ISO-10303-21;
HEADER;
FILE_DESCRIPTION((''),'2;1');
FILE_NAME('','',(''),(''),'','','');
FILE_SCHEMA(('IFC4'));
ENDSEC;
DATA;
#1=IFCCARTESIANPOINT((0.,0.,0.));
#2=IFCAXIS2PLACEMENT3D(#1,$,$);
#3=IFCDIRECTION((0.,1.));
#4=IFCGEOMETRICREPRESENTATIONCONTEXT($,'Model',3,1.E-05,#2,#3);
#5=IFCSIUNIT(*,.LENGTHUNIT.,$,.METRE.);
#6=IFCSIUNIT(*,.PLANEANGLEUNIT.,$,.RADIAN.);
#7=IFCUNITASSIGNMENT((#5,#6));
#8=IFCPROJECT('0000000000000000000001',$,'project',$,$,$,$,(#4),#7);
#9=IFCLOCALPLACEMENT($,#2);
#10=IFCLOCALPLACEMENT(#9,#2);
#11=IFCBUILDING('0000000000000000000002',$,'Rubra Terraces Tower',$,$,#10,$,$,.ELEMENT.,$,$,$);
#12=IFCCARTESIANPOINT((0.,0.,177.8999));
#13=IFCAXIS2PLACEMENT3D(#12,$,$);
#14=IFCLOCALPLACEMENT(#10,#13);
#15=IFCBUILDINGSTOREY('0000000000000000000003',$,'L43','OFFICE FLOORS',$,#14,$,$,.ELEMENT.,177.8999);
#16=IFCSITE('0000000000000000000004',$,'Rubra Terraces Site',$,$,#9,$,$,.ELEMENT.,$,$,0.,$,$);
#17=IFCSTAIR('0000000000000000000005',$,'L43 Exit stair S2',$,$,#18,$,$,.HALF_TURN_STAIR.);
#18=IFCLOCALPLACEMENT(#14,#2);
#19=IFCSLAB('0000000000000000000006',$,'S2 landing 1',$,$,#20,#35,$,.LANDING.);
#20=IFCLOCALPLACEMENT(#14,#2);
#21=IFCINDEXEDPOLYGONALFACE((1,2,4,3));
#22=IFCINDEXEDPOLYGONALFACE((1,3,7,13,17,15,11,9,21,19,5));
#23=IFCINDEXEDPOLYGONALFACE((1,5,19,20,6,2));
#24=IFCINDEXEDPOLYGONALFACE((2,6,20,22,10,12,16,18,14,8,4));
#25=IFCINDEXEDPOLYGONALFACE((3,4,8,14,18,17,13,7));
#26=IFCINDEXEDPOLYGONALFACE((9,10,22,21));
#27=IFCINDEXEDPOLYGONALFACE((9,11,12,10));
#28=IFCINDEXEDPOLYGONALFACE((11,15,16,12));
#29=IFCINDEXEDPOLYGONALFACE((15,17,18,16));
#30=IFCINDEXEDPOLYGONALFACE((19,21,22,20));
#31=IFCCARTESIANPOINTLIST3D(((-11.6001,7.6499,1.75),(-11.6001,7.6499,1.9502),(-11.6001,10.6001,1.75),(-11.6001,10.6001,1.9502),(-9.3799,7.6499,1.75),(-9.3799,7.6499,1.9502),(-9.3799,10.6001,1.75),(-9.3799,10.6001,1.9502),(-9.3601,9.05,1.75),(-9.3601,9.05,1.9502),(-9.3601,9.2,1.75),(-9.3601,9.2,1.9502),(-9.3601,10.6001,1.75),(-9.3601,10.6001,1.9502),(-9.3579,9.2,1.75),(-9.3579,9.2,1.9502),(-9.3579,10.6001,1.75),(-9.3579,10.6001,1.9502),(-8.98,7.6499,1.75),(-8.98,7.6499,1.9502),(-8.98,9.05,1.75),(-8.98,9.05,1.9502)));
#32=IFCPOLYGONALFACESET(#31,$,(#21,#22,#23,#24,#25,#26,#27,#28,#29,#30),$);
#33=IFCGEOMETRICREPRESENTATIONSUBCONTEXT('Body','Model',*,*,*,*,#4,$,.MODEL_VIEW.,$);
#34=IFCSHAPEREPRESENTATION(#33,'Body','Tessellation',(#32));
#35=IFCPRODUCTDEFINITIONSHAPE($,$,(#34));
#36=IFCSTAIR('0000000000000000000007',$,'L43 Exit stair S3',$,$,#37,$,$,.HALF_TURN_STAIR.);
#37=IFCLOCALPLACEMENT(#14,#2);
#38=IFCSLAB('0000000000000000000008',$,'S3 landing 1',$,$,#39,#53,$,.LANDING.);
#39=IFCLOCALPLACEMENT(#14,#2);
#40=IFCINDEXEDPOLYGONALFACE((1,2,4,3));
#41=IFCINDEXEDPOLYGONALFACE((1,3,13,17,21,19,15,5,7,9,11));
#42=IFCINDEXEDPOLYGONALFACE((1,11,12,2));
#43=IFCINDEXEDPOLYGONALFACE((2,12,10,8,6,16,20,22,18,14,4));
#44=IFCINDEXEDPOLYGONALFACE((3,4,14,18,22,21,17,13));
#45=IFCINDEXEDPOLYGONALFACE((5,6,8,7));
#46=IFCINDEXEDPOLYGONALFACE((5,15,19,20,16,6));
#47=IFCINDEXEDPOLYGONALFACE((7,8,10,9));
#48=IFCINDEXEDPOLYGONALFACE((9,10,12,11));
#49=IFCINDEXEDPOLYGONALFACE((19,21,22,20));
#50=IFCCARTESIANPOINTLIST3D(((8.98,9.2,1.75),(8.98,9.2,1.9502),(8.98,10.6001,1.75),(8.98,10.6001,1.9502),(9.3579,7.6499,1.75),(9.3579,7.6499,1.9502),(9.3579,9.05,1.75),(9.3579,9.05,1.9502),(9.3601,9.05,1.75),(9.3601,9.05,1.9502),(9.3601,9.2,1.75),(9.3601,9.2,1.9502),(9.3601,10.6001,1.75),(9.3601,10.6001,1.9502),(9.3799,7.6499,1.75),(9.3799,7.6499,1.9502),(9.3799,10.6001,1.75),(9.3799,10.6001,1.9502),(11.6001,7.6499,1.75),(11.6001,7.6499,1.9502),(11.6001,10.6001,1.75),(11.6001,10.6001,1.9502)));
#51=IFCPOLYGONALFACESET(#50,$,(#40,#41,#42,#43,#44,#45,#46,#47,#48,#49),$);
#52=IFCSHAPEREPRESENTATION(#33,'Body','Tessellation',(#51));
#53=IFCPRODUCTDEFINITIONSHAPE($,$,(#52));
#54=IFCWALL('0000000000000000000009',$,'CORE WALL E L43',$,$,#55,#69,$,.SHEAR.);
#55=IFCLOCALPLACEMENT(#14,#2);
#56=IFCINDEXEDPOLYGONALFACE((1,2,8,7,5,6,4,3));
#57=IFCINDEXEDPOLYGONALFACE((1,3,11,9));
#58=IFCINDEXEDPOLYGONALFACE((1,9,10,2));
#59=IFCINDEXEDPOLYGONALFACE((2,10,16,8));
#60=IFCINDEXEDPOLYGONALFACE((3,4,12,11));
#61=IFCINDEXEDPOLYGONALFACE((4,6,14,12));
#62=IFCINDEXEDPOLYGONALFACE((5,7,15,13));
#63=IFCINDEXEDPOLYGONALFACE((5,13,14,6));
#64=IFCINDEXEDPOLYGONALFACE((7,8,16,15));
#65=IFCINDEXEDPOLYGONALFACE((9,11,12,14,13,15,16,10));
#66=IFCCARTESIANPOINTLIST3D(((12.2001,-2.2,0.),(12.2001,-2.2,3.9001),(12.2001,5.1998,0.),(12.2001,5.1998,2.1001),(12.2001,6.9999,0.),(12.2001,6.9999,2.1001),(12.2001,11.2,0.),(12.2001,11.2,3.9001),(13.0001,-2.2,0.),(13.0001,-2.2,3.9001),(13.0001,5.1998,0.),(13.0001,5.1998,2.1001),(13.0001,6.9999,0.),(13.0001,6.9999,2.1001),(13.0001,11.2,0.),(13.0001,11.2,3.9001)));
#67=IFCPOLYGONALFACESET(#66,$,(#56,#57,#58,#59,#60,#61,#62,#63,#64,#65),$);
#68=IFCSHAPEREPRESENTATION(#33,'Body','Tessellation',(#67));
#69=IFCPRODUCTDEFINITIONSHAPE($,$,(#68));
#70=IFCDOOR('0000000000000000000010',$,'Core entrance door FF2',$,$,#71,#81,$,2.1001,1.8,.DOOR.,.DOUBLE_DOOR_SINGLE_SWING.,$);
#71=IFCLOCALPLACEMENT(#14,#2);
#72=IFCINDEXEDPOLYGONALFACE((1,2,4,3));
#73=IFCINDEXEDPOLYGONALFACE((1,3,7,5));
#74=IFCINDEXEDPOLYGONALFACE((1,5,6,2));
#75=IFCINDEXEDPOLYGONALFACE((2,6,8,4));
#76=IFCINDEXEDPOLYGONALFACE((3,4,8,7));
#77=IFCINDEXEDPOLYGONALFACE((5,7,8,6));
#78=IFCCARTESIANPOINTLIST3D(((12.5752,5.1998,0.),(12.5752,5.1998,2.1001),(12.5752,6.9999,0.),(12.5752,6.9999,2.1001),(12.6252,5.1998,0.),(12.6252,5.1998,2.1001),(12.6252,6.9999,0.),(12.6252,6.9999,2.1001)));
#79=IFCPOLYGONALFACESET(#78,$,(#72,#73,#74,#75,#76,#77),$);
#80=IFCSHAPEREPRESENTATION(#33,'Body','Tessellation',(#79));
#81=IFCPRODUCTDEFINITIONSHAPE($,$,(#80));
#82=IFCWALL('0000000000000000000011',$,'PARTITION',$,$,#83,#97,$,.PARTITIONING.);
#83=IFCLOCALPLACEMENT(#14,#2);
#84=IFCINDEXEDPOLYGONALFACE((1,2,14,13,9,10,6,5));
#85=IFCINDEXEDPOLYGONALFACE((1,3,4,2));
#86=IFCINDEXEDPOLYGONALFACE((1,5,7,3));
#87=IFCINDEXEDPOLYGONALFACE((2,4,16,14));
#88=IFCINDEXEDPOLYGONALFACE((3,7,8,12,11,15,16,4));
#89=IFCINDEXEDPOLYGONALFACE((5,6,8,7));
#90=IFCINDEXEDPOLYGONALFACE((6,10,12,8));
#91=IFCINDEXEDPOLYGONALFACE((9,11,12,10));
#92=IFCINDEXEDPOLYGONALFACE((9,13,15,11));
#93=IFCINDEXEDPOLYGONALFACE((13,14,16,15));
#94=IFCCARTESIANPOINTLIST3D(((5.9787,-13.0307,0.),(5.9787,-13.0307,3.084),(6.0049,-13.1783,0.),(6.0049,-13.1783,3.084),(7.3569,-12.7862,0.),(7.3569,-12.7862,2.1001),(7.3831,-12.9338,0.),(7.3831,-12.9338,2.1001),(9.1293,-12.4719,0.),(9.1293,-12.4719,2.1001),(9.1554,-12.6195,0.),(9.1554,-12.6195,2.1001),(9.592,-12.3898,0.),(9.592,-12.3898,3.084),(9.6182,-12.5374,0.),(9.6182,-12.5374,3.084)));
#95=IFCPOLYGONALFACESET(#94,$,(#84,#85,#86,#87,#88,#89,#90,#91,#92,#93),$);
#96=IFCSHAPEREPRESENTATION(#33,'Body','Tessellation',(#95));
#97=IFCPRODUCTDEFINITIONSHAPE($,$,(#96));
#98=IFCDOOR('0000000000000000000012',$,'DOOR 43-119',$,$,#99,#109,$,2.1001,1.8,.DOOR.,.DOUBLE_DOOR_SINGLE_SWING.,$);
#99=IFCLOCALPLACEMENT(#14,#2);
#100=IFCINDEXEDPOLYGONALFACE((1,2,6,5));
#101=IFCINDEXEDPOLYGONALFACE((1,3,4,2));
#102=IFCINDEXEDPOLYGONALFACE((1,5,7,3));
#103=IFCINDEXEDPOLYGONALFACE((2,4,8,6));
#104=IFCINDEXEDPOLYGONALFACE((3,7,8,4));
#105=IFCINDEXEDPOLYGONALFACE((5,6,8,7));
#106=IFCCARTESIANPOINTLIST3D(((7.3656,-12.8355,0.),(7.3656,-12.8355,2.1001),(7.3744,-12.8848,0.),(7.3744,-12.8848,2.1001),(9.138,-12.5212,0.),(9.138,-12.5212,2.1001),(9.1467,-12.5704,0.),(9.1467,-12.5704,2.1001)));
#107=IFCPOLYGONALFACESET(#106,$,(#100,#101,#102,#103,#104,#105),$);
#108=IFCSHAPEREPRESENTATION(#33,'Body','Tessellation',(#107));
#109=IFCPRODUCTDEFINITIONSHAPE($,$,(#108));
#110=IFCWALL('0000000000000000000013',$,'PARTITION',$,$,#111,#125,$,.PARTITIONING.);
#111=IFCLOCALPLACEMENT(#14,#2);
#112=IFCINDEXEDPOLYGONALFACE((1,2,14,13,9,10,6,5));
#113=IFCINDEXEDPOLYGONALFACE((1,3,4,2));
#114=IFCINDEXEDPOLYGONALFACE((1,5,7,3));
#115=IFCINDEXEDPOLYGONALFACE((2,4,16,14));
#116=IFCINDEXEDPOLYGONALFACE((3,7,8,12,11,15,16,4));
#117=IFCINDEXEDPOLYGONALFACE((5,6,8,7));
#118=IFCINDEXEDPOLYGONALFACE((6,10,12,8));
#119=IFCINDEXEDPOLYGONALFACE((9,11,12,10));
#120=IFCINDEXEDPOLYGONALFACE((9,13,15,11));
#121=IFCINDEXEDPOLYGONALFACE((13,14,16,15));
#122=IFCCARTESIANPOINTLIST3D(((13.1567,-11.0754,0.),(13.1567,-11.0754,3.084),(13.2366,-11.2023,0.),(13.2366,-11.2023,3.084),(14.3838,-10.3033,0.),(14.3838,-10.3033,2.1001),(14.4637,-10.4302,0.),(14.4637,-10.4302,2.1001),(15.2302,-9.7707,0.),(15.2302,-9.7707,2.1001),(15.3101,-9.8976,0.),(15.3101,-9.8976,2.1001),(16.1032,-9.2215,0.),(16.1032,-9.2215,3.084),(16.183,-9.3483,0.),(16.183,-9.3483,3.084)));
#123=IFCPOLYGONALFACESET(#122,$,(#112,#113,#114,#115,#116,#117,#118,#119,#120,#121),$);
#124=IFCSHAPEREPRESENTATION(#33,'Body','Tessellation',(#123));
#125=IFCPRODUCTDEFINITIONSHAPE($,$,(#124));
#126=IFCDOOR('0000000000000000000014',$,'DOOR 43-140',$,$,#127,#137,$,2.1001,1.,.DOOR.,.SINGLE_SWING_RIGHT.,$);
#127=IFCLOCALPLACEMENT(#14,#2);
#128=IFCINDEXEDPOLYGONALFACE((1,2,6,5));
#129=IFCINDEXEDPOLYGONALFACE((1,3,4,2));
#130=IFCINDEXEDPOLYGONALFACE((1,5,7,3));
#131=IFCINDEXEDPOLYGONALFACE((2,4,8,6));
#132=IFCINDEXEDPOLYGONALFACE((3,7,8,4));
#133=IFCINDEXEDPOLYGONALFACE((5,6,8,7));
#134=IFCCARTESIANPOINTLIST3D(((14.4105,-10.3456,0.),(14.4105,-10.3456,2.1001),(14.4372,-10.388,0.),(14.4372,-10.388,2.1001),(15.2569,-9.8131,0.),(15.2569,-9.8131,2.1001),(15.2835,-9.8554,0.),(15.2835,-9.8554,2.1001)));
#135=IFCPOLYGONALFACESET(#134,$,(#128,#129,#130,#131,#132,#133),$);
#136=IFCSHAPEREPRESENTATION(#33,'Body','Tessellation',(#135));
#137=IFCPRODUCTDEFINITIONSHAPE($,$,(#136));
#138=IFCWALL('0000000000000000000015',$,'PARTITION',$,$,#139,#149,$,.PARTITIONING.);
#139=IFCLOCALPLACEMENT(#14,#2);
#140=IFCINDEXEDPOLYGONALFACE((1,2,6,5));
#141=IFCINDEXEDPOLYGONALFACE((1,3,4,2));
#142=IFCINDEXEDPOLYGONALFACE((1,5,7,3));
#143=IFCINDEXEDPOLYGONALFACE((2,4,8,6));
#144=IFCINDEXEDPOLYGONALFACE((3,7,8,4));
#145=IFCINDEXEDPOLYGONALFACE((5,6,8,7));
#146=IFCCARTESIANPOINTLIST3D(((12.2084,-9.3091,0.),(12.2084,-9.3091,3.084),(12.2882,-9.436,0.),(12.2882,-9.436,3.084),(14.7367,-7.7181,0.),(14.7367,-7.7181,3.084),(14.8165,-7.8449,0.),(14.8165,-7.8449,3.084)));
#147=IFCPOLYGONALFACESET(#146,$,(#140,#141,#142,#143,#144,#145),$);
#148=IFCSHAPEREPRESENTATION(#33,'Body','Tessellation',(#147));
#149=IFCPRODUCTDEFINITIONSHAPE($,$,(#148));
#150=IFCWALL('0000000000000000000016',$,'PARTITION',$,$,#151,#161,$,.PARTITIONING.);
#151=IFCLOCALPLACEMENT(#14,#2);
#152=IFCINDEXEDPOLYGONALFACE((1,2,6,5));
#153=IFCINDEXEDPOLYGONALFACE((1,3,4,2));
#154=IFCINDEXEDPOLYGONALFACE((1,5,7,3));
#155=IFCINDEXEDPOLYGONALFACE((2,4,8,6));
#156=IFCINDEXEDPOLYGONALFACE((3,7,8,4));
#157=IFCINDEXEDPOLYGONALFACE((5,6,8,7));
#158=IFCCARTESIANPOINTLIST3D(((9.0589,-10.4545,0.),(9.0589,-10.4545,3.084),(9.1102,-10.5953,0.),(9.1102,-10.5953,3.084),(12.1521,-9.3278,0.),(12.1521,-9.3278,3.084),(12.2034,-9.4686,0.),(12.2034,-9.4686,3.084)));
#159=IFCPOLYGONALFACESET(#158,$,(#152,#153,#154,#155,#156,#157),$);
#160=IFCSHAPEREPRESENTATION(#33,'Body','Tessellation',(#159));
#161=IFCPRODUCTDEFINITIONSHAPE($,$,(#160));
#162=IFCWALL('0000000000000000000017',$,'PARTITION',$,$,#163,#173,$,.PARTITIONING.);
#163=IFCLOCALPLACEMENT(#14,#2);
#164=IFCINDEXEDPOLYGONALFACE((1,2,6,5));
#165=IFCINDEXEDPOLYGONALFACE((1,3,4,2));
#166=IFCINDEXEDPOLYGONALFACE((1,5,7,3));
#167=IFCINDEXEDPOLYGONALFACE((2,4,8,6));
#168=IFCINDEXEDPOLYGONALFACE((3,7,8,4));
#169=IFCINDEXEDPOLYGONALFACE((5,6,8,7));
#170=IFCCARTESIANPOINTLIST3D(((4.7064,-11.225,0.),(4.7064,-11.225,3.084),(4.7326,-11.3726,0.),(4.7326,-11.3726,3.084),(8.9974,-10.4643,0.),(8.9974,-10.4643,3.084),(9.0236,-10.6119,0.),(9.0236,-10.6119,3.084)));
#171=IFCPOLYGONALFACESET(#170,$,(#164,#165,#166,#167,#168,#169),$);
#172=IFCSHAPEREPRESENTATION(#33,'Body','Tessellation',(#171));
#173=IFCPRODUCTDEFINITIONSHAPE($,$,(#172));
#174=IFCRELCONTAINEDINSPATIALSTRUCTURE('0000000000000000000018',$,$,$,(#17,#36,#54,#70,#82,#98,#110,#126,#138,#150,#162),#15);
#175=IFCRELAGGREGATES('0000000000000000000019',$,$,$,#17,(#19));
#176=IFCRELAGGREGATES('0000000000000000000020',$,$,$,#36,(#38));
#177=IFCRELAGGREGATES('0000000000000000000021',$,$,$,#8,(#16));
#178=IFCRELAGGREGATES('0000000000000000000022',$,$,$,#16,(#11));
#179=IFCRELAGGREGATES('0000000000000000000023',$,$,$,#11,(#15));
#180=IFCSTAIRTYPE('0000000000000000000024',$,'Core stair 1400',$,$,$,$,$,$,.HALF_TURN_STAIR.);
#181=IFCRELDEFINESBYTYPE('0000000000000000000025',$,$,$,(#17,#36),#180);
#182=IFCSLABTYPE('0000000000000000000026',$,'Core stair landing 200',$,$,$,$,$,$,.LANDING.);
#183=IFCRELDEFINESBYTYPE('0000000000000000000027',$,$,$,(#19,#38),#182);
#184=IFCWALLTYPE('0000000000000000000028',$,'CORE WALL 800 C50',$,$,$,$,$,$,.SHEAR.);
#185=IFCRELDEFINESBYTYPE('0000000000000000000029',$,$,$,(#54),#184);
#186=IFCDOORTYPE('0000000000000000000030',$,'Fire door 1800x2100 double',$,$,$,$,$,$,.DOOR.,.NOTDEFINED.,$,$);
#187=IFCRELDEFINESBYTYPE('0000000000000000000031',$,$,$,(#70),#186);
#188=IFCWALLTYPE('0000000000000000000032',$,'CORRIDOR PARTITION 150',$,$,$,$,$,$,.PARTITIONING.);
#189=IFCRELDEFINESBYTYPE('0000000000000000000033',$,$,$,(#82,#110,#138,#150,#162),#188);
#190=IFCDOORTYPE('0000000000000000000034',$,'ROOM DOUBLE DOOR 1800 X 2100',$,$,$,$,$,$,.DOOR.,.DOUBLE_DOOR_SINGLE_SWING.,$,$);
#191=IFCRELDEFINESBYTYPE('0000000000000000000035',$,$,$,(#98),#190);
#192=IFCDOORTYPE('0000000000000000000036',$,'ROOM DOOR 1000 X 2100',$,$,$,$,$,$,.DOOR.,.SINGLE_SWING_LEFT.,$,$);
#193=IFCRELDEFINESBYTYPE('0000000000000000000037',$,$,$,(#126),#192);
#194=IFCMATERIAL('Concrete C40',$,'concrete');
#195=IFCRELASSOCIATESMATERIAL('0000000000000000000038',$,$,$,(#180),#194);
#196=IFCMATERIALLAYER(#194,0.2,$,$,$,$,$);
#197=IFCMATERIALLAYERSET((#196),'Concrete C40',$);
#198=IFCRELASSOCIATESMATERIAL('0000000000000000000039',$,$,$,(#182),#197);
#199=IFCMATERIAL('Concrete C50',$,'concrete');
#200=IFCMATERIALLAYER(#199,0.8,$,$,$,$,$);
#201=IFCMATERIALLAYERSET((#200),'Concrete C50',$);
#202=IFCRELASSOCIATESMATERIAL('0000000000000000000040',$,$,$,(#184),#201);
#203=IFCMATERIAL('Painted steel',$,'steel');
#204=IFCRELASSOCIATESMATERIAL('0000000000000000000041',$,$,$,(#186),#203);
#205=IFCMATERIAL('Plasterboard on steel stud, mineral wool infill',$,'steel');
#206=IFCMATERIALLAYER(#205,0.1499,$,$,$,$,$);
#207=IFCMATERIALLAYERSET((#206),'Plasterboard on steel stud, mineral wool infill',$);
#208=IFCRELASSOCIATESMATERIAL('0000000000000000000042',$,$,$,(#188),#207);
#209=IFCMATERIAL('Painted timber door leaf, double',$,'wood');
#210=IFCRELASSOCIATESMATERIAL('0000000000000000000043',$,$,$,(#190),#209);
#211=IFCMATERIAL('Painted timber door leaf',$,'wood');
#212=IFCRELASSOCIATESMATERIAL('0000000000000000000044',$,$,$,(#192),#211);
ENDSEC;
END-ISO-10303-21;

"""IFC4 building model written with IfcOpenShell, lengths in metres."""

from ifc_helpers import new_model, si_unit, direction, frame, frame_2d, origin, place, context, subcontext, project, spatial, polyline, rectangle, outline, extrude, material, layer, layer_set, type_object, element, fill, aggregate, save


model = new_model("IFC4")

# Units and contexts
model_context = context("Model", 3, precision=1e-05, world=origin(), true_north=direction((0.0, 1.0)))
body_context = subcontext(model_context, "Body", "Model", "MODEL_VIEW")
ifc_project = project(units=[si_unit("LENGTHUNIT", "METRE"), si_unit("PLANEANGLEUNIT", "RADIAN")], contexts=[model_context])

# Site, building, storey
site_placement = place(None, origin())
site = spatial("IfcSite", under=ifc_project, at=site_placement, Name="Rubra Terraces Site", CompositionType="ELEMENT", RefElevation=0.0)
building_placement = place(site_placement, origin())
building = spatial("IfcBuilding", under=site, at=building_placement, Name="Rubra Terraces Tower", CompositionType="ELEMENT")
storey_placement = place(building_placement, frame((0.0, 0.0, 177.8999)))
storey = spatial("IfcBuildingStorey", under=building, at=storey_placement, Name="L43", Description="OFFICE FLOORS", CompositionType="ELEMENT", Elevation=177.8999)

# Stairs, slabs
ifc_material_1 = material(Name="Concrete C40", Category="concrete")
stair_type = type_object("IfcStairType", Name="Core stair 1400", PredefinedType="HALF_TURN_STAIR", material=ifc_material_1)
stair_1_placement = place(storey_placement, origin())
stair_1 = element("IfcStair", 1, at=stair_1_placement, inside=storey, type_object=stair_type, Name="L43 Exit stair S2", PredefinedType="HALF_TURN_STAIR")
ifc_layer_1 = layer(ifc_material_1, 0.2)
ifc_layer_set_1 = layer_set([ifc_layer_1], Name="Concrete C40")
slab_type = type_object("IfcSlabType", Name="Core stair landing 200", PredefinedType="LANDING", material=ifc_layer_set_1)
slab_1_placement = place(storey_placement, frame((0.0, 0.0, 1.75)))
slab_1 = element("IfcSlab", 2, at=slab_1_placement, type_object=slab_type, Name="S2 landing 1", PredefinedType="LANDING", context=body_context, shape_type="SweptSolid", body=[
    extrude(outline(polyline([(-8.98, 9.05), (-8.98, 7.6499), (-9.3799, 7.6499), (-11.6001, 7.6499), (-11.6001, 10.6001), (-9.3799, 10.6001), (-9.3601, 10.6001), (-9.3579, 10.6001), (-9.3579, 9.2), (-9.3601, 9.2), (-9.3601, 9.05), (-8.98, 9.05)])), origin(), (0.0, 0.0, 1.0), 0.2002),
])
aggregate(stair_1, [slab_1])
stair_2_placement = place(storey_placement, origin())
stair_2 = element("IfcStair", 3, at=stair_2_placement, inside=storey, type_object=stair_type, Name="L43 Exit stair S3", PredefinedType="HALF_TURN_STAIR")
slab_2_placement = place(storey_placement, frame((0.0, 0.0, 1.75)))
slab_2 = element("IfcSlab", 4, at=slab_2_placement, type_object=slab_type, Name="S3 landing 1", PredefinedType="LANDING", context=body_context, shape_type="SweptSolid", body=[
    extrude(outline(polyline([(9.3601, 9.05), (9.3601, 9.2), (8.98, 9.2), (8.98, 10.6001), (9.3601, 10.6001), (9.3799, 10.6001), (11.6001, 10.6001), (11.6001, 7.6499), (9.3799, 7.6499), (9.3579, 7.6499), (9.3579, 9.05), (9.3601, 9.05)])), origin(), (0.0, 0.0, 1.0), 0.2002),
])
aggregate(stair_2, [slab_2])

# Walls, openings, doors
ifc_material_2 = material(Name="Concrete C50", Category="concrete")
ifc_layer_2 = layer(ifc_material_2, 0.8)
ifc_layer_set_2 = layer_set([ifc_layer_2], Name="Concrete C50")
wall_type_1 = type_object("IfcWallType", Name="CORE WALL 800 C50", PredefinedType="SHEAR", material=ifc_layer_set_2)
wall_1_placement = place(storey_placement, frame((12.6001, -2.2, 0.0), z_axis=(0.0, 0.0, 1.0), x_axis=(0.0, 1.0, 0.0)))
wall_1 = element("IfcWall", 5, at=wall_1_placement, inside=storey, type_object=wall_type_1, Name="CORE WALL E L43", PredefinedType="SHEAR", context=body_context, shape_type="SweptSolid", body=[
    extrude(rectangle(XDim=13.3999, YDim=0.8, at=frame_2d((6.7, 0.0))), origin(), (0.0, 0.0, 1.0), 3.9001),
])
opening_1_placement = place(wall_1_placement, frame((7.3999, 0.0, 0.0)))
opening_1 = element("IfcOpeningElement", 6, at=opening_1_placement, cuts=wall_1, PredefinedType="OPENING", context=body_context, shape_type="SweptSolid", body=[
    extrude(rectangle(XDim=1.8, YDim=2.1001, at=frame_2d((0.8999, 1.05))), frame((0.0, 0.4099, 0.0), z_axis=(0.0, -1.0, 0.0), x_axis=(1.0, 0.0, 0.0)), (0.0, 0.0, 1.0), 0.8201),
])
ifc_material_3 = material(Name="Painted steel", Category="steel")
door_type_1 = type_object("IfcDoorType", Name="Fire door 1800x2100 double", OperationType="NOTDEFINED", PredefinedType="DOOR", material=ifc_material_3)
door_1_placement = place(opening_1_placement, origin())
door_1 = element("IfcDoor", 7, at=door_1_placement, inside=storey, type_object=door_type_1, Name="Core entrance door FF2", OperationType="DOUBLE_DOOR_SINGLE_SWING", OverallHeight=2.1001, OverallWidth=1.8, PredefinedType="DOOR", context=body_context, shape_type="SweptSolid", body=[
    extrude(rectangle(XDim=1.8, YDim=2.1001, at=frame_2d((0.8999, 1.05))), frame((0.0, 0.0249, 0.0), z_axis=(0.0, -1.0, 0.0), x_axis=(1.0, 0.0, 0.0)), (0.0, 0.0, 1.0), 0.05),
])
fill(opening_1, door_1)
ifc_material_4 = material(Name="Plasterboard on steel stud, mineral wool infill", Category="steel")
ifc_layer_3 = layer(ifc_material_4, 0.1499)
ifc_layer_set_3 = layer_set([ifc_layer_3], Name="Plasterboard on steel stud, mineral wool infill")
wall_type_2 = type_object("IfcWallType", Name="CORRIDOR PARTITION 150", PredefinedType="PARTITIONING", material=ifc_layer_set_3)
wall_2_placement = place(storey_placement, frame((5.9917, -13.1045, 0.0), z_axis=(0.0, 0.0, 1.0), x_axis=(0.984632, 0.174639, 0.0)))
wall_2 = element("IfcWall", 8, at=wall_2_placement, inside=storey, type_object=wall_type_2, Name="PARTITION", PredefinedType="PARTITIONING", context=body_context, shape_type="SweptSolid", body=[
    extrude(rectangle(XDim=3.6697, YDim=0.1499, at=frame_2d((1.835, 0.0))), origin(), (0.0, 0.0, 1.0), 3.084),
])
opening_2_placement = place(wall_2_placement, frame((1.3999, 0.0, 0.0)))
opening_2 = element("IfcOpeningElement", 9, at=opening_2_placement, cuts=wall_2, PredefinedType="OPENING", context=body_context, shape_type="SweptSolid", body=[
    extrude(rectangle(XDim=1.8, YDim=2.1001, at=frame_2d((0.8999, 1.05))), frame((0.0, 0.085, 0.0), z_axis=(0.0, -1.0, 0.0), x_axis=(1.0, 0.0, 0.0)), (0.0, 0.0, 1.0), 0.1699),
])
ifc_material_5 = material(Name="Painted timber door leaf, double", Category="wood")
door_type_2 = type_object("IfcDoorType", Name="ROOM DOUBLE DOOR 1800 X 2100", OperationType="DOUBLE_DOOR_SINGLE_SWING", PredefinedType="DOOR", material=ifc_material_5)
door_2_placement = place(opening_2_placement, origin())
door_2 = element("IfcDoor", 10, at=door_2_placement, inside=storey, type_object=door_type_2, Name="DOOR 43-119", OperationType="DOUBLE_DOOR_SINGLE_SWING", OverallHeight=2.1001, OverallWidth=1.8, PredefinedType="DOOR", context=body_context, shape_type="SweptSolid", body=[
    extrude(rectangle(XDim=1.8, YDim=2.1001, at=frame_2d((0.8999, 1.05))), frame((0.0, 0.0249, 0.0), z_axis=(0.0, -1.0, 0.0), x_axis=(1.0, 0.0, 0.0)), (0.0, 0.0, 1.0), 0.05),
])
fill(opening_2, door_2)
wall_3_placement = place(storey_placement, frame((13.1965, -11.1389, 0.0), z_axis=(0.0, 0.0, 1.0), x_axis=(0.846391, 0.532562, 0.0)))
wall_3 = element("IfcWall", 11, at=wall_3_placement, inside=storey, type_object=wall_type_2, Name="PARTITION", PredefinedType="PARTITIONING", context=body_context, shape_type="SweptSolid", body=[
    extrude(rectangle(XDim=3.4812, YDim=0.1499, at=frame_2d((1.7407, 0.0))), origin(), (0.0, 0.0, 1.0), 3.084),
])
opening_3_placement = place(wall_3_placement, frame((1.45, 0.0, 0.0)))
opening_3 = element("IfcOpeningElement", 12, at=opening_3_placement, cuts=wall_3, PredefinedType="OPENING", context=body_context, shape_type="SweptSolid", body=[
    extrude(rectangle(XDim=1.0, YDim=2.1001, at=frame_2d((0.5, 1.05))), frame((0.0, 0.085, 0.0), z_axis=(0.0, -1.0, 0.0), x_axis=(1.0, 0.0, 0.0)), (0.0, 0.0, 1.0), 0.1699),
])
ifc_material_6 = material(Name="Painted timber door leaf", Category="wood")
door_type_3 = type_object("IfcDoorType", Name="ROOM DOOR 1000 X 2100", OperationType="SINGLE_SWING_LEFT", PredefinedType="DOOR", material=ifc_material_6)
door_3_placement = place(opening_3_placement, origin())
door_3 = element("IfcDoor", 13, at=door_3_placement, inside=storey, type_object=door_type_3, Name="DOOR 43-140", OperationType="SINGLE_SWING_RIGHT", OverallHeight=2.1001, OverallWidth=1.0, PredefinedType="DOOR", context=body_context, shape_type="SweptSolid", body=[
    extrude(rectangle(XDim=1.0, YDim=2.1001, at=frame_2d((0.5, 1.05))), frame((0.0, 0.0249, 0.0), z_axis=(0.0, -1.0, 0.0), x_axis=(1.0, 0.0, 0.0)), (0.0, 0.0, 1.0), 0.05),
])
fill(opening_3, door_3)

# Walls
wall_4_placement = place(storey_placement, frame((14.7766, -7.7815, 0.0), z_axis=(0.0, 0.0, 1.0), x_axis=(-0.84636, -0.532612, 0.0)))
element("IfcWall", 14, at=wall_4_placement, inside=storey, type_object=wall_type_2, Name="PARTITION", PredefinedType="PARTITIONING", context=body_context, shape_type="SweptSolid", body=[
    extrude(rectangle(XDim=2.9873, YDim=0.1499, at=frame_2d((1.4937, 0.0))), origin(), (0.0, 0.0, 1.0), 3.084),
])
wall_5_placement = place(storey_placement, frame((12.1777, -9.3982, 0.0), z_axis=(0.0, 0.0, 1.0), x_axis=(-0.939609, -0.342249, 0.0)))
element("IfcWall", 15, at=wall_5_placement, inside=storey, type_object=wall_type_2, Name="PARTITION", PredefinedType="PARTITIONING", context=body_context, shape_type="SweptSolid", body=[
    extrude(rectangle(XDim=3.292, YDim=0.1499, at=frame_2d((1.646, 0.0))), origin(), (0.0, 0.0, 1.0), 3.084),
])
wall_6_placement = place(storey_placement, frame((9.0105, -10.5381, 0.0), z_axis=(0.0, 0.0, 1.0), x_axis=(-0.984646, -0.174565, 0.0)))
element("IfcWall", 16, at=wall_6_placement, inside=storey, type_object=wall_type_2, Name="PARTITION", PredefinedType="PARTITIONING", context=body_context, shape_type="SweptSolid", body=[
    extrude(rectangle(XDim=4.3579, YDim=0.1499, at=frame_2d((2.179, 0.0))), origin(), (0.0, 0.0, 1.0), 3.084),
])

save(model, "model.ifc")
